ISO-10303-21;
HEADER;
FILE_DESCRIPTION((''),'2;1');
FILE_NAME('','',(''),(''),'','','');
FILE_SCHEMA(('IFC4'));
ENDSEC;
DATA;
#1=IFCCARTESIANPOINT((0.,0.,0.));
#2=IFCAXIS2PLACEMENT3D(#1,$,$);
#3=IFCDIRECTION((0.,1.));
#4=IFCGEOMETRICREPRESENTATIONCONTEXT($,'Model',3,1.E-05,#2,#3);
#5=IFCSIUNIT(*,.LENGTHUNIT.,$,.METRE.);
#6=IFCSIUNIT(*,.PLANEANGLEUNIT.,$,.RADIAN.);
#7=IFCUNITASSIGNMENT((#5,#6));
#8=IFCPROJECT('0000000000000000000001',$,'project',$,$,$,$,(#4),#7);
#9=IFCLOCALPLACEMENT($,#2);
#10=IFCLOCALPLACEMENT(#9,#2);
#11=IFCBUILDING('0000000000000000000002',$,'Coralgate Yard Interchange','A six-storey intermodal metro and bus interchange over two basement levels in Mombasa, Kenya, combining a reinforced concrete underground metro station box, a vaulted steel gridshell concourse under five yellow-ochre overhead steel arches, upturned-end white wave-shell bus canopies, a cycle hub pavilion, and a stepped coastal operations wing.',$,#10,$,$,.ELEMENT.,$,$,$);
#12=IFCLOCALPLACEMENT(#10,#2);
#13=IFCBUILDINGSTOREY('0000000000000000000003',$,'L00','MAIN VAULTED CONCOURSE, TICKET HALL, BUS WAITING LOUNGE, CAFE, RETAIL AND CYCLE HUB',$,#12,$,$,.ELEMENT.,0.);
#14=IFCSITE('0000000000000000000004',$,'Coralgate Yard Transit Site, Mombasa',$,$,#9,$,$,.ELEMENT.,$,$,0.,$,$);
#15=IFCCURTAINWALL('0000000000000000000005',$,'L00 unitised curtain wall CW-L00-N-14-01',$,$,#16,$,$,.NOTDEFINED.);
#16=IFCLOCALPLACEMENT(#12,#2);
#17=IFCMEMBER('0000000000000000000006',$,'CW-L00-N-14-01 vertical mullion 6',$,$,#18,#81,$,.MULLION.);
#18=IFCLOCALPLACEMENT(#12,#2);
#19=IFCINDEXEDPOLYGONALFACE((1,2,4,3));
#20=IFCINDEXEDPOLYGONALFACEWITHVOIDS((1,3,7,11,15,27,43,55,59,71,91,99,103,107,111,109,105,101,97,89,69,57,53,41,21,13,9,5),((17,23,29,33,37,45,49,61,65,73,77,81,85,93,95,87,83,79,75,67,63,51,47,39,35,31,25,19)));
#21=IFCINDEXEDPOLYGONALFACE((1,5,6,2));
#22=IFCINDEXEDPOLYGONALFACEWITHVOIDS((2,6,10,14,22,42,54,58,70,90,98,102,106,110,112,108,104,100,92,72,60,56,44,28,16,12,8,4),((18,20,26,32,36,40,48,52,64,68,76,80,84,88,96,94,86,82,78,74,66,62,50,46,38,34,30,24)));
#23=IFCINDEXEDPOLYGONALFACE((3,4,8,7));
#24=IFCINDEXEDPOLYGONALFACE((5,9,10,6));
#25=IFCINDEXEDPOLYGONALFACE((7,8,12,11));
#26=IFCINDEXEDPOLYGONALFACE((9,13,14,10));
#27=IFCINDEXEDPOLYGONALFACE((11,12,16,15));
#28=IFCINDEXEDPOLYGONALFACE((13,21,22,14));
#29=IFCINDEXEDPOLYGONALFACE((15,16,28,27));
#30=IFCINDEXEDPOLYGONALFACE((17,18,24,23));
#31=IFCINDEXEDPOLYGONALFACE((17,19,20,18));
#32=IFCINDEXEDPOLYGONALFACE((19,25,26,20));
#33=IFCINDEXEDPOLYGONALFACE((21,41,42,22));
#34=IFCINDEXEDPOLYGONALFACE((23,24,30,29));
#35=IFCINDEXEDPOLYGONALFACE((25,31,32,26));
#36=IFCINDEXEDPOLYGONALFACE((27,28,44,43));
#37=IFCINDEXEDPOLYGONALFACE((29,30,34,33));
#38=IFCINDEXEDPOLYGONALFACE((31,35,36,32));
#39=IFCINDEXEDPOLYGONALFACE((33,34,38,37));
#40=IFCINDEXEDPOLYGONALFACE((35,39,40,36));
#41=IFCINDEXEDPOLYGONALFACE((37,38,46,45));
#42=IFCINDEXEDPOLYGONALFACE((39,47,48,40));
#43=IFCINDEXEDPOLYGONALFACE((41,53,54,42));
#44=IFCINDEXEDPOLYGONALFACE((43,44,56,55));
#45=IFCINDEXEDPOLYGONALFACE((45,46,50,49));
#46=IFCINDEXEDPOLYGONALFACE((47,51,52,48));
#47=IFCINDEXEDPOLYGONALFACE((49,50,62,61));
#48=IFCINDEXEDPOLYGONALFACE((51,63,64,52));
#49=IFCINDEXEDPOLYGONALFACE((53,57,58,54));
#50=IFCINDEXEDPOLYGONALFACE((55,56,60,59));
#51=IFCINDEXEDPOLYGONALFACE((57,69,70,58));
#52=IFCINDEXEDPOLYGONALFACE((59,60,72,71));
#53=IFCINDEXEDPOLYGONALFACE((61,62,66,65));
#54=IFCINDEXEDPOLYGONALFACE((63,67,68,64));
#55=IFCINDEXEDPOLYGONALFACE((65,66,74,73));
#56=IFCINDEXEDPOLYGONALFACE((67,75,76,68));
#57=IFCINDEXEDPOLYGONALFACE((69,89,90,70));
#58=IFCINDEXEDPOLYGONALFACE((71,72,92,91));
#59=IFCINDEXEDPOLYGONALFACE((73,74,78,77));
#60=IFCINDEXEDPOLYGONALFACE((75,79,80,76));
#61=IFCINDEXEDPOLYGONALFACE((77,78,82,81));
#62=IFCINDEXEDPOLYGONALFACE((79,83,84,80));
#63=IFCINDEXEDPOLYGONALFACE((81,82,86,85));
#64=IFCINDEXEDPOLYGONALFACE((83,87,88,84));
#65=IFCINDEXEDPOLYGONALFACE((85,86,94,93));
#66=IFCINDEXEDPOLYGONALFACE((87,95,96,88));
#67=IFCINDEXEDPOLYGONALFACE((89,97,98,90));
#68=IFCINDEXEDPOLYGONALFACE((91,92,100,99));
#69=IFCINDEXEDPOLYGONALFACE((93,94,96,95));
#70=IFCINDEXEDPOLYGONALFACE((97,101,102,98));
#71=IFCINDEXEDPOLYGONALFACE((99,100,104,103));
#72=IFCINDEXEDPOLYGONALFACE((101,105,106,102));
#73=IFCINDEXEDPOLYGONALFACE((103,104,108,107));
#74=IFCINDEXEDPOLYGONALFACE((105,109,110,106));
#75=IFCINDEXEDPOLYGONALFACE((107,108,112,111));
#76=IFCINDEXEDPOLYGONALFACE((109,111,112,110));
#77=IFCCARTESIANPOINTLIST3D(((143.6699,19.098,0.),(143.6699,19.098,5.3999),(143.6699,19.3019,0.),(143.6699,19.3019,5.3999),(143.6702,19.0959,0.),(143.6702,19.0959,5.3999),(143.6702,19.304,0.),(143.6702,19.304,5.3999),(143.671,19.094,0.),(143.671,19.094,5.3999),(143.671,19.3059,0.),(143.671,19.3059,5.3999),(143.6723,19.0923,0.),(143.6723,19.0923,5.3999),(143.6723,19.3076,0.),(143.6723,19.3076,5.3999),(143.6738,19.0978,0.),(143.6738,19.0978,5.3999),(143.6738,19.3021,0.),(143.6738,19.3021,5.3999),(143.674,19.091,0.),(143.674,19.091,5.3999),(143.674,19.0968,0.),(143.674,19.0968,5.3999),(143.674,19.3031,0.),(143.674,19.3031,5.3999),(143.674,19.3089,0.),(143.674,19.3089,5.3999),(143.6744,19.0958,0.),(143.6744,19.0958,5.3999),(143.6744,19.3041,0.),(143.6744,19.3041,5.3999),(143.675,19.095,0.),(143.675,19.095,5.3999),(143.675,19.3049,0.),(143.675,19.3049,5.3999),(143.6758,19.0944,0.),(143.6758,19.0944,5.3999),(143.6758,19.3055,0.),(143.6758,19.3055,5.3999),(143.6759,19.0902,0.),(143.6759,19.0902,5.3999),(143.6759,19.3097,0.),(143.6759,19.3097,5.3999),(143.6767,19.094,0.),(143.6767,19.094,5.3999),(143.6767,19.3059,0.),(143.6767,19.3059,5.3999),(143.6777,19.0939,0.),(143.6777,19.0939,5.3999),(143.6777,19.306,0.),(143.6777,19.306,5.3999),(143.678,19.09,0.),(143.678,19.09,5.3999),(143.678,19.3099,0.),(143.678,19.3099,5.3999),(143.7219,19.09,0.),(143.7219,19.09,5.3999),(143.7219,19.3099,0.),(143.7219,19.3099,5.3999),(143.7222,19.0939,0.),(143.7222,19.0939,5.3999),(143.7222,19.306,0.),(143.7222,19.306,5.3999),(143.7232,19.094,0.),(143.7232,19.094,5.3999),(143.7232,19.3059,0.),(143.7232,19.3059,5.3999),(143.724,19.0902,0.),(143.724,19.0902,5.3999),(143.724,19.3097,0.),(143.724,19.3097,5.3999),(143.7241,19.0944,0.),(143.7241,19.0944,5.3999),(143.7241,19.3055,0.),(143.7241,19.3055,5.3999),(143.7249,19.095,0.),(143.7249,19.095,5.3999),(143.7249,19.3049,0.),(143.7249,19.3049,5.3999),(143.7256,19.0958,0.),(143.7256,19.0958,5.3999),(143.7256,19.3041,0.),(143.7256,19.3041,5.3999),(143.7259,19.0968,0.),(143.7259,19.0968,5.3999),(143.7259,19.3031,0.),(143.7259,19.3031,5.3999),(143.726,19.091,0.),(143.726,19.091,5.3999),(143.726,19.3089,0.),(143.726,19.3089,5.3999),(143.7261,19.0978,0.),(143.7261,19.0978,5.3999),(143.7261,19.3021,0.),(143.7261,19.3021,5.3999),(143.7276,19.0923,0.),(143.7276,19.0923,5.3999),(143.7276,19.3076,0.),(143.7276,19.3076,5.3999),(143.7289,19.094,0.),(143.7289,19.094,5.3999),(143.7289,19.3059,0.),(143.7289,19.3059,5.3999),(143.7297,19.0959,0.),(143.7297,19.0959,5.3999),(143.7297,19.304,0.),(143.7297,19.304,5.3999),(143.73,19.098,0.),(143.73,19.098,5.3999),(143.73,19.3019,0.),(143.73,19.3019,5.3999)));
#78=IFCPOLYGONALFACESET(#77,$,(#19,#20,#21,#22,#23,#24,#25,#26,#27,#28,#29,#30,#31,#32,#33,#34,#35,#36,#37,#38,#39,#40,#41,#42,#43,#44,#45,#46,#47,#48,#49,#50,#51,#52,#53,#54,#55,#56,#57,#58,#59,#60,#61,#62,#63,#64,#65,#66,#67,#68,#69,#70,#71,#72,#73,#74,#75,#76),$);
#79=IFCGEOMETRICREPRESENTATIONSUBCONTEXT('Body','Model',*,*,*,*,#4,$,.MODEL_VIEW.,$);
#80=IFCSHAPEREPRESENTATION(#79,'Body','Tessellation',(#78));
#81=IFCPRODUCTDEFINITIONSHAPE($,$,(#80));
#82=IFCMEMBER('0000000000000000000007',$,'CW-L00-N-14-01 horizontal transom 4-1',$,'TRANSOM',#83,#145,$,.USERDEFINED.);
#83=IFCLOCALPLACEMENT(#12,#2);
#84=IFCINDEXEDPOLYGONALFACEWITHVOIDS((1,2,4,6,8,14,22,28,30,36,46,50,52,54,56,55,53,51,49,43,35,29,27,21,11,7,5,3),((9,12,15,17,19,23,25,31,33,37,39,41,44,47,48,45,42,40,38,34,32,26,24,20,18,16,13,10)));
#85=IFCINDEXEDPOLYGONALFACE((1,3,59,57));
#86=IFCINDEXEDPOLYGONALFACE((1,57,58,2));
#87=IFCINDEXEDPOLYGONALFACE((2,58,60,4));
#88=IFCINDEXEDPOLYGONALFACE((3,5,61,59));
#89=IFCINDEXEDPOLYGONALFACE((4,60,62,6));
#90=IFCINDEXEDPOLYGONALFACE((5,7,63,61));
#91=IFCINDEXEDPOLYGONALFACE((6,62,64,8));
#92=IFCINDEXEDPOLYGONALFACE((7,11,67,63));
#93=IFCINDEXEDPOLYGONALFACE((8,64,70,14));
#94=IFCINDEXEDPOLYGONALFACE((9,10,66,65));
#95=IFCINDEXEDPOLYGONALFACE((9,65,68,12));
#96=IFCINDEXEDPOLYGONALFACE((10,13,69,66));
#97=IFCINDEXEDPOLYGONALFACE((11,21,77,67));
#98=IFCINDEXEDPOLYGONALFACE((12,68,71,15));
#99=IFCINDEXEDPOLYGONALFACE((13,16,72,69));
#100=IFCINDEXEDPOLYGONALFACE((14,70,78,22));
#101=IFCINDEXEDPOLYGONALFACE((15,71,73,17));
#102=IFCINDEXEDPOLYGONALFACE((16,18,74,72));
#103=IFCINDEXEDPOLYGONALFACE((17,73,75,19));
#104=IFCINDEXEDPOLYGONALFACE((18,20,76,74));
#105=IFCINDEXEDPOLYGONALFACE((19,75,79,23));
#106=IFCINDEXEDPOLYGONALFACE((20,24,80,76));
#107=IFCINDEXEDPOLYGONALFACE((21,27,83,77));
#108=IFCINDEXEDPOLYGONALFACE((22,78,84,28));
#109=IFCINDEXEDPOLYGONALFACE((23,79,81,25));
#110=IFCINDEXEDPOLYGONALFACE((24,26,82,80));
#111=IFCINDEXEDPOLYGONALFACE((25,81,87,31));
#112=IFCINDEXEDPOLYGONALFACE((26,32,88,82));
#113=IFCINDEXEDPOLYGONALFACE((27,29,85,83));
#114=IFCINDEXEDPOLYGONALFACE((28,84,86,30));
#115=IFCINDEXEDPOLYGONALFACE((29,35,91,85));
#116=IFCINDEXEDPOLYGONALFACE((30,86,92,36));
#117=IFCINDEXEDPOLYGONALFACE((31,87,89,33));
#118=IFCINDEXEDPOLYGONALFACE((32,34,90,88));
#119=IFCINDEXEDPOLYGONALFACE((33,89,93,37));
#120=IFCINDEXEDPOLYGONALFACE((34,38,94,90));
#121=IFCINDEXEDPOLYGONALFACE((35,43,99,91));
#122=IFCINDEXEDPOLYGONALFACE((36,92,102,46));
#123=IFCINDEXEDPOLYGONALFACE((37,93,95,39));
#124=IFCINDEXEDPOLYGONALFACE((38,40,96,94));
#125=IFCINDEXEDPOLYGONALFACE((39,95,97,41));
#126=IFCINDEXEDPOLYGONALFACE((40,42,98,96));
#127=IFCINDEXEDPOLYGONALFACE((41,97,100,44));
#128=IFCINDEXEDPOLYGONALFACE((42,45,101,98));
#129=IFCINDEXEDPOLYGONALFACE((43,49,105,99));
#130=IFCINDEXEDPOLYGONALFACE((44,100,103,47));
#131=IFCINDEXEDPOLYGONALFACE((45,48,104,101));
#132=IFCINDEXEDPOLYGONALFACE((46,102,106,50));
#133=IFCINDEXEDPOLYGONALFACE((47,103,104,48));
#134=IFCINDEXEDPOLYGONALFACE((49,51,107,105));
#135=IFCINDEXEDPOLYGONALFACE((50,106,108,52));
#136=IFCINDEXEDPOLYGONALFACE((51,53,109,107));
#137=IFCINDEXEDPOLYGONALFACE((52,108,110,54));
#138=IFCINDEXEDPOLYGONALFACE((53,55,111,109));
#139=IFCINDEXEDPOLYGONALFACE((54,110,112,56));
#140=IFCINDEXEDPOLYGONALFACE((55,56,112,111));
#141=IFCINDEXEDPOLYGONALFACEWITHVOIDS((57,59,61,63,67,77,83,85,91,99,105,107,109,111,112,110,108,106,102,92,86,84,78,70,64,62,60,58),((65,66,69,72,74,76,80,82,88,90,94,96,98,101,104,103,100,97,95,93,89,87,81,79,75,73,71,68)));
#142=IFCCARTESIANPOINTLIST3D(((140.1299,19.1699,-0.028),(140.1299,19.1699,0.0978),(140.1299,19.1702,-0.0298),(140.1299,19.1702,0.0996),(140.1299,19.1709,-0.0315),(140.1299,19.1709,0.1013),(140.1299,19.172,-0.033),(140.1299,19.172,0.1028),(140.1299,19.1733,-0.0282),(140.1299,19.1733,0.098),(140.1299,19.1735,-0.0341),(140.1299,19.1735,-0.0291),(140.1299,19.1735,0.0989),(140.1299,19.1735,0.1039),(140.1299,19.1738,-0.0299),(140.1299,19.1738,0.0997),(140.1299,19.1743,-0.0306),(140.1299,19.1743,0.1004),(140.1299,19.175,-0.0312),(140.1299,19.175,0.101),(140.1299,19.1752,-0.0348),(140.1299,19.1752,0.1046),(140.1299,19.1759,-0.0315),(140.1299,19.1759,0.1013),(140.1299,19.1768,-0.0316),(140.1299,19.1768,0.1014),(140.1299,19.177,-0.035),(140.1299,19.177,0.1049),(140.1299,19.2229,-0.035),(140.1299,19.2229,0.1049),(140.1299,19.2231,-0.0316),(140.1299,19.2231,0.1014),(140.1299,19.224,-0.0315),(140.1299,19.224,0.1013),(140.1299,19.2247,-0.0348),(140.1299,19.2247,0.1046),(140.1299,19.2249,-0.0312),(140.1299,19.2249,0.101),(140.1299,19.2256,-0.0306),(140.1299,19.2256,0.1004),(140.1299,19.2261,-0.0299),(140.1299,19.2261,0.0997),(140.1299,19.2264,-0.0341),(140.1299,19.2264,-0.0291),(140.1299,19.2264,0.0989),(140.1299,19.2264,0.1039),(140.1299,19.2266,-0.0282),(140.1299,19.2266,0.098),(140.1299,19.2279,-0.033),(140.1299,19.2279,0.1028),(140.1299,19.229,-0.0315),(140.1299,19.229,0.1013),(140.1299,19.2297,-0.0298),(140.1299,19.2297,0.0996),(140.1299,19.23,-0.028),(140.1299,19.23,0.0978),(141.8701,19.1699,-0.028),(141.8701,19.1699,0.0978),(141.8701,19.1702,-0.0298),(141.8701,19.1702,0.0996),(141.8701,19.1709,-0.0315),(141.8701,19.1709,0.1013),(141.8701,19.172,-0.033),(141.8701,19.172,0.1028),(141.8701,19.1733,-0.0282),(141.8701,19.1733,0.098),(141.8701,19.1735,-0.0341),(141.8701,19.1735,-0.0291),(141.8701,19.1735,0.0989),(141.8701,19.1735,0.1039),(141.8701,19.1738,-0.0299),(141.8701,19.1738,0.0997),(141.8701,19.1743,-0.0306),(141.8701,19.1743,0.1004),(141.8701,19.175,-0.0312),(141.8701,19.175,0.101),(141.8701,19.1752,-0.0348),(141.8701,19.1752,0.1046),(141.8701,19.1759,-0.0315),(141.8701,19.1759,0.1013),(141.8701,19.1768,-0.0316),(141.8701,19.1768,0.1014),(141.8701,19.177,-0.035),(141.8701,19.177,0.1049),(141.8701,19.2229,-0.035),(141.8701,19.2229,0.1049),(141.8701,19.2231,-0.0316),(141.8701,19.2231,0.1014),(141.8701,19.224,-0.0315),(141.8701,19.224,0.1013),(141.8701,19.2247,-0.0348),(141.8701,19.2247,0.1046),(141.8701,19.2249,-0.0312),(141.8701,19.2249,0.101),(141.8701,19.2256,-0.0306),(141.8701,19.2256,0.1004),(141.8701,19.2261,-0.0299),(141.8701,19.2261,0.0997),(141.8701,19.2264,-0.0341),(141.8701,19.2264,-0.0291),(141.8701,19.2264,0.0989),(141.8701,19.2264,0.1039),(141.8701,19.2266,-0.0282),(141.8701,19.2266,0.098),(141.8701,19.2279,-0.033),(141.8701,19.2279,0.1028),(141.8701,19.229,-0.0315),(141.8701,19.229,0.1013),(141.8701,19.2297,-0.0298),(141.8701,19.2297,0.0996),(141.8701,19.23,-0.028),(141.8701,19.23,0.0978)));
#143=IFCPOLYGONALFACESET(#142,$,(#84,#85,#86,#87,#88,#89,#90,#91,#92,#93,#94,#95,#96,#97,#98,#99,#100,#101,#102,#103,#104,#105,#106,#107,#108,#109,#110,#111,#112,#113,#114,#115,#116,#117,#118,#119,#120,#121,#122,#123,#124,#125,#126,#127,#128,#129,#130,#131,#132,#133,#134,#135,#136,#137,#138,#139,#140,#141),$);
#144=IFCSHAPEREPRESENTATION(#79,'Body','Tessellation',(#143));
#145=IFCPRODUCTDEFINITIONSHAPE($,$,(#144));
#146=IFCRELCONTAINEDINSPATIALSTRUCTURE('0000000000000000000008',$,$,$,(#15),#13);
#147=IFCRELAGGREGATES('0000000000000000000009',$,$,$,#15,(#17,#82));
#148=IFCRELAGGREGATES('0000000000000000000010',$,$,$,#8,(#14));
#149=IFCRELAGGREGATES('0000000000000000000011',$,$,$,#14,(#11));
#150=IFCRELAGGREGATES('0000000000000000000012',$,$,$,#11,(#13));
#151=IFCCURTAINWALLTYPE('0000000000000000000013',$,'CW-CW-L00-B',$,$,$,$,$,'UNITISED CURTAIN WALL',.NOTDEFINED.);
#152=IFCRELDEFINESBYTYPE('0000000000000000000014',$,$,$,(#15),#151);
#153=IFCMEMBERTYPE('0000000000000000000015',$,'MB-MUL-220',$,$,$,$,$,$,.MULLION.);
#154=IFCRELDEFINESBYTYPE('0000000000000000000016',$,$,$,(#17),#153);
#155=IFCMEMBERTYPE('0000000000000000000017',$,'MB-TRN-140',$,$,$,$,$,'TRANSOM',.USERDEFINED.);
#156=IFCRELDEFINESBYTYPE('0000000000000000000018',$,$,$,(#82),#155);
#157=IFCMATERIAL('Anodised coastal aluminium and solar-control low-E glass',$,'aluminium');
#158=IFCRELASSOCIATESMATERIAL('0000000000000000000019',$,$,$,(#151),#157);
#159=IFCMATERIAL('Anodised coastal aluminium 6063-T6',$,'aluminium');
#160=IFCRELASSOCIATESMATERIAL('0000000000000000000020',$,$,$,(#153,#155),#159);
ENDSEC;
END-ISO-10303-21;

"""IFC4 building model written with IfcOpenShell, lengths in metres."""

from ifc_helpers import new_model, si_unit, direction, frame, origin, origin_2d, place, context, subcontext, project, spatial, hollow_rectangle, extrude, material, material_profile, profile_set, type_object, element, aggregate, save


model = new_model("IFC4")

# Units and contexts
model_context = context("Model", 3, precision=1e-05, world=origin(), true_north=direction((0.0, 1.0)))
body_context = subcontext(model_context, "Body", "Model", "MODEL_VIEW")
ifc_project = project(units=[si_unit("LENGTHUNIT", "METRE"), si_unit("PLANEANGLEUNIT", "RADIAN")], contexts=[model_context])

# Site, building, storey
site_placement = place(None, origin())
site = spatial("IfcSite", under=ifc_project, at=site_placement, Name="Coralgate Yard Transit Site, Mombasa", CompositionType="ELEMENT", RefElevation=0.0)
building_placement = place(site_placement, origin())
building = spatial("IfcBuilding", under=site, at=building_placement, Name="Coralgate Yard Interchange", Description="A six-storey intermodal metro and bus interchange over two basement levels in Mombasa, Kenya, combining a reinforced concrete underground metro station box, a vaulted steel gridshell concourse under five yellow-ochre overhead steel arches, upturned-end white wave-shell bus canopies, a cycle hub pavilion, and a stepped coastal operations wing.", CompositionType="ELEMENT")
storey_placement = place(building_placement, origin())
storey = spatial("IfcBuildingStorey", under=building, at=storey_placement, Name="L00", Description="MAIN VAULTED CONCOURSE, TICKET HALL, BUS WAITING LOUNGE, CAFE, RETAIL AND CYCLE HUB", CompositionType="ELEMENT", Elevation=0.0)

# Curtain wall, members
ifc_material_1 = material(Name="Anodised coastal aluminium and solar-control low-E glass", Category="aluminium")
curtain_wall_type = type_object("IfcCurtainWallType", Name="CW-CW-L00-B", ElementType="UNITISED CURTAIN WALL", PredefinedType="NOTDEFINED", material=ifc_material_1)
curtain_wall_placement = place(storey_placement, origin())
curtain_wall = element("IfcCurtainWall", 1, at=curtain_wall_placement, inside=storey, type_object=curtain_wall_type, Name="L00 unitised curtain wall CW-L00-N-14-01", PredefinedType="NOTDEFINED")
ifc_material_2 = material(Name="Anodised coastal aluminium 6063-T6", Category="aluminium")
ifc_material_profile_1 = material_profile(ifc_material_2, hollow_rectangle(XDim=0.0601, YDim=0.22, WallThickness=0.0039, InnerFilletRadius=0.0039, OuterFilletRadius=0.0081, at=origin_2d()), Name="ALU 60x220x4")
ifc_profile_set_1 = profile_set([ifc_material_profile_1], Name="Anodised coastal aluminium 6063-T6")
member_type_1 = type_object("IfcMemberType", Name="MB-MUL-220", PredefinedType="MULLION", material=ifc_profile_set_1)
member_1_placement = place(storey_placement, frame((143.7, 19.2, 0.0), z_axis=(0.0, 0.0, 1.0), x_axis=(1.0, 0.0, 0.0)))
member_1 = element("IfcMember", 2, at=member_1_placement, type_object=member_type_1, Name="CW-L00-N-14-01 vertical mullion 6", PredefinedType="MULLION", context=body_context, shape_type="SweptSolid", body=[
    extrude(hollow_rectangle(XDim=0.0601, YDim=0.22, WallThickness=0.0039, InnerFilletRadius=0.0039, OuterFilletRadius=0.0081, at=origin_2d()), origin(), (0.0, 0.0, 1.0), 5.3999),
])
ifc_material_profile_2 = material_profile(ifc_material_2, hollow_rectangle(XDim=0.0601, YDim=0.1399, WallThickness=0.0034, InnerFilletRadius=0.0034, OuterFilletRadius=0.0071, at=origin_2d()), Name="ALU 60x140x3.5")
ifc_profile_set_2 = profile_set([ifc_material_profile_2], Name="Anodised coastal aluminium 6063-T6")
member_type_2 = type_object("IfcMemberType", Name="MB-TRN-140", ElementType="TRANSOM", PredefinedType="USERDEFINED", material=ifc_profile_set_2)
member_2_placement = place(storey_placement, frame((140.1299, 19.2, 0.0349), z_axis=(1.0, 0.0, 0.0), x_axis=(0.0, 1.0, 0.0)))
member_2 = element("IfcMember", 3, at=member_2_placement, type_object=member_type_2, Name="CW-L00-N-14-01 horizontal transom 4-1", ObjectType="TRANSOM", PredefinedType="USERDEFINED", context=body_context, shape_type="SweptSolid", body=[
    extrude(hollow_rectangle(XDim=0.0601, YDim=0.1399, WallThickness=0.0034, InnerFilletRadius=0.0034, OuterFilletRadius=0.0071, at=origin_2d()), origin(), (0.0, 0.0, 1.0), 1.7402),
])
aggregate(curtain_wall, [member_1, member_2])

save(model, "model.ifc")
